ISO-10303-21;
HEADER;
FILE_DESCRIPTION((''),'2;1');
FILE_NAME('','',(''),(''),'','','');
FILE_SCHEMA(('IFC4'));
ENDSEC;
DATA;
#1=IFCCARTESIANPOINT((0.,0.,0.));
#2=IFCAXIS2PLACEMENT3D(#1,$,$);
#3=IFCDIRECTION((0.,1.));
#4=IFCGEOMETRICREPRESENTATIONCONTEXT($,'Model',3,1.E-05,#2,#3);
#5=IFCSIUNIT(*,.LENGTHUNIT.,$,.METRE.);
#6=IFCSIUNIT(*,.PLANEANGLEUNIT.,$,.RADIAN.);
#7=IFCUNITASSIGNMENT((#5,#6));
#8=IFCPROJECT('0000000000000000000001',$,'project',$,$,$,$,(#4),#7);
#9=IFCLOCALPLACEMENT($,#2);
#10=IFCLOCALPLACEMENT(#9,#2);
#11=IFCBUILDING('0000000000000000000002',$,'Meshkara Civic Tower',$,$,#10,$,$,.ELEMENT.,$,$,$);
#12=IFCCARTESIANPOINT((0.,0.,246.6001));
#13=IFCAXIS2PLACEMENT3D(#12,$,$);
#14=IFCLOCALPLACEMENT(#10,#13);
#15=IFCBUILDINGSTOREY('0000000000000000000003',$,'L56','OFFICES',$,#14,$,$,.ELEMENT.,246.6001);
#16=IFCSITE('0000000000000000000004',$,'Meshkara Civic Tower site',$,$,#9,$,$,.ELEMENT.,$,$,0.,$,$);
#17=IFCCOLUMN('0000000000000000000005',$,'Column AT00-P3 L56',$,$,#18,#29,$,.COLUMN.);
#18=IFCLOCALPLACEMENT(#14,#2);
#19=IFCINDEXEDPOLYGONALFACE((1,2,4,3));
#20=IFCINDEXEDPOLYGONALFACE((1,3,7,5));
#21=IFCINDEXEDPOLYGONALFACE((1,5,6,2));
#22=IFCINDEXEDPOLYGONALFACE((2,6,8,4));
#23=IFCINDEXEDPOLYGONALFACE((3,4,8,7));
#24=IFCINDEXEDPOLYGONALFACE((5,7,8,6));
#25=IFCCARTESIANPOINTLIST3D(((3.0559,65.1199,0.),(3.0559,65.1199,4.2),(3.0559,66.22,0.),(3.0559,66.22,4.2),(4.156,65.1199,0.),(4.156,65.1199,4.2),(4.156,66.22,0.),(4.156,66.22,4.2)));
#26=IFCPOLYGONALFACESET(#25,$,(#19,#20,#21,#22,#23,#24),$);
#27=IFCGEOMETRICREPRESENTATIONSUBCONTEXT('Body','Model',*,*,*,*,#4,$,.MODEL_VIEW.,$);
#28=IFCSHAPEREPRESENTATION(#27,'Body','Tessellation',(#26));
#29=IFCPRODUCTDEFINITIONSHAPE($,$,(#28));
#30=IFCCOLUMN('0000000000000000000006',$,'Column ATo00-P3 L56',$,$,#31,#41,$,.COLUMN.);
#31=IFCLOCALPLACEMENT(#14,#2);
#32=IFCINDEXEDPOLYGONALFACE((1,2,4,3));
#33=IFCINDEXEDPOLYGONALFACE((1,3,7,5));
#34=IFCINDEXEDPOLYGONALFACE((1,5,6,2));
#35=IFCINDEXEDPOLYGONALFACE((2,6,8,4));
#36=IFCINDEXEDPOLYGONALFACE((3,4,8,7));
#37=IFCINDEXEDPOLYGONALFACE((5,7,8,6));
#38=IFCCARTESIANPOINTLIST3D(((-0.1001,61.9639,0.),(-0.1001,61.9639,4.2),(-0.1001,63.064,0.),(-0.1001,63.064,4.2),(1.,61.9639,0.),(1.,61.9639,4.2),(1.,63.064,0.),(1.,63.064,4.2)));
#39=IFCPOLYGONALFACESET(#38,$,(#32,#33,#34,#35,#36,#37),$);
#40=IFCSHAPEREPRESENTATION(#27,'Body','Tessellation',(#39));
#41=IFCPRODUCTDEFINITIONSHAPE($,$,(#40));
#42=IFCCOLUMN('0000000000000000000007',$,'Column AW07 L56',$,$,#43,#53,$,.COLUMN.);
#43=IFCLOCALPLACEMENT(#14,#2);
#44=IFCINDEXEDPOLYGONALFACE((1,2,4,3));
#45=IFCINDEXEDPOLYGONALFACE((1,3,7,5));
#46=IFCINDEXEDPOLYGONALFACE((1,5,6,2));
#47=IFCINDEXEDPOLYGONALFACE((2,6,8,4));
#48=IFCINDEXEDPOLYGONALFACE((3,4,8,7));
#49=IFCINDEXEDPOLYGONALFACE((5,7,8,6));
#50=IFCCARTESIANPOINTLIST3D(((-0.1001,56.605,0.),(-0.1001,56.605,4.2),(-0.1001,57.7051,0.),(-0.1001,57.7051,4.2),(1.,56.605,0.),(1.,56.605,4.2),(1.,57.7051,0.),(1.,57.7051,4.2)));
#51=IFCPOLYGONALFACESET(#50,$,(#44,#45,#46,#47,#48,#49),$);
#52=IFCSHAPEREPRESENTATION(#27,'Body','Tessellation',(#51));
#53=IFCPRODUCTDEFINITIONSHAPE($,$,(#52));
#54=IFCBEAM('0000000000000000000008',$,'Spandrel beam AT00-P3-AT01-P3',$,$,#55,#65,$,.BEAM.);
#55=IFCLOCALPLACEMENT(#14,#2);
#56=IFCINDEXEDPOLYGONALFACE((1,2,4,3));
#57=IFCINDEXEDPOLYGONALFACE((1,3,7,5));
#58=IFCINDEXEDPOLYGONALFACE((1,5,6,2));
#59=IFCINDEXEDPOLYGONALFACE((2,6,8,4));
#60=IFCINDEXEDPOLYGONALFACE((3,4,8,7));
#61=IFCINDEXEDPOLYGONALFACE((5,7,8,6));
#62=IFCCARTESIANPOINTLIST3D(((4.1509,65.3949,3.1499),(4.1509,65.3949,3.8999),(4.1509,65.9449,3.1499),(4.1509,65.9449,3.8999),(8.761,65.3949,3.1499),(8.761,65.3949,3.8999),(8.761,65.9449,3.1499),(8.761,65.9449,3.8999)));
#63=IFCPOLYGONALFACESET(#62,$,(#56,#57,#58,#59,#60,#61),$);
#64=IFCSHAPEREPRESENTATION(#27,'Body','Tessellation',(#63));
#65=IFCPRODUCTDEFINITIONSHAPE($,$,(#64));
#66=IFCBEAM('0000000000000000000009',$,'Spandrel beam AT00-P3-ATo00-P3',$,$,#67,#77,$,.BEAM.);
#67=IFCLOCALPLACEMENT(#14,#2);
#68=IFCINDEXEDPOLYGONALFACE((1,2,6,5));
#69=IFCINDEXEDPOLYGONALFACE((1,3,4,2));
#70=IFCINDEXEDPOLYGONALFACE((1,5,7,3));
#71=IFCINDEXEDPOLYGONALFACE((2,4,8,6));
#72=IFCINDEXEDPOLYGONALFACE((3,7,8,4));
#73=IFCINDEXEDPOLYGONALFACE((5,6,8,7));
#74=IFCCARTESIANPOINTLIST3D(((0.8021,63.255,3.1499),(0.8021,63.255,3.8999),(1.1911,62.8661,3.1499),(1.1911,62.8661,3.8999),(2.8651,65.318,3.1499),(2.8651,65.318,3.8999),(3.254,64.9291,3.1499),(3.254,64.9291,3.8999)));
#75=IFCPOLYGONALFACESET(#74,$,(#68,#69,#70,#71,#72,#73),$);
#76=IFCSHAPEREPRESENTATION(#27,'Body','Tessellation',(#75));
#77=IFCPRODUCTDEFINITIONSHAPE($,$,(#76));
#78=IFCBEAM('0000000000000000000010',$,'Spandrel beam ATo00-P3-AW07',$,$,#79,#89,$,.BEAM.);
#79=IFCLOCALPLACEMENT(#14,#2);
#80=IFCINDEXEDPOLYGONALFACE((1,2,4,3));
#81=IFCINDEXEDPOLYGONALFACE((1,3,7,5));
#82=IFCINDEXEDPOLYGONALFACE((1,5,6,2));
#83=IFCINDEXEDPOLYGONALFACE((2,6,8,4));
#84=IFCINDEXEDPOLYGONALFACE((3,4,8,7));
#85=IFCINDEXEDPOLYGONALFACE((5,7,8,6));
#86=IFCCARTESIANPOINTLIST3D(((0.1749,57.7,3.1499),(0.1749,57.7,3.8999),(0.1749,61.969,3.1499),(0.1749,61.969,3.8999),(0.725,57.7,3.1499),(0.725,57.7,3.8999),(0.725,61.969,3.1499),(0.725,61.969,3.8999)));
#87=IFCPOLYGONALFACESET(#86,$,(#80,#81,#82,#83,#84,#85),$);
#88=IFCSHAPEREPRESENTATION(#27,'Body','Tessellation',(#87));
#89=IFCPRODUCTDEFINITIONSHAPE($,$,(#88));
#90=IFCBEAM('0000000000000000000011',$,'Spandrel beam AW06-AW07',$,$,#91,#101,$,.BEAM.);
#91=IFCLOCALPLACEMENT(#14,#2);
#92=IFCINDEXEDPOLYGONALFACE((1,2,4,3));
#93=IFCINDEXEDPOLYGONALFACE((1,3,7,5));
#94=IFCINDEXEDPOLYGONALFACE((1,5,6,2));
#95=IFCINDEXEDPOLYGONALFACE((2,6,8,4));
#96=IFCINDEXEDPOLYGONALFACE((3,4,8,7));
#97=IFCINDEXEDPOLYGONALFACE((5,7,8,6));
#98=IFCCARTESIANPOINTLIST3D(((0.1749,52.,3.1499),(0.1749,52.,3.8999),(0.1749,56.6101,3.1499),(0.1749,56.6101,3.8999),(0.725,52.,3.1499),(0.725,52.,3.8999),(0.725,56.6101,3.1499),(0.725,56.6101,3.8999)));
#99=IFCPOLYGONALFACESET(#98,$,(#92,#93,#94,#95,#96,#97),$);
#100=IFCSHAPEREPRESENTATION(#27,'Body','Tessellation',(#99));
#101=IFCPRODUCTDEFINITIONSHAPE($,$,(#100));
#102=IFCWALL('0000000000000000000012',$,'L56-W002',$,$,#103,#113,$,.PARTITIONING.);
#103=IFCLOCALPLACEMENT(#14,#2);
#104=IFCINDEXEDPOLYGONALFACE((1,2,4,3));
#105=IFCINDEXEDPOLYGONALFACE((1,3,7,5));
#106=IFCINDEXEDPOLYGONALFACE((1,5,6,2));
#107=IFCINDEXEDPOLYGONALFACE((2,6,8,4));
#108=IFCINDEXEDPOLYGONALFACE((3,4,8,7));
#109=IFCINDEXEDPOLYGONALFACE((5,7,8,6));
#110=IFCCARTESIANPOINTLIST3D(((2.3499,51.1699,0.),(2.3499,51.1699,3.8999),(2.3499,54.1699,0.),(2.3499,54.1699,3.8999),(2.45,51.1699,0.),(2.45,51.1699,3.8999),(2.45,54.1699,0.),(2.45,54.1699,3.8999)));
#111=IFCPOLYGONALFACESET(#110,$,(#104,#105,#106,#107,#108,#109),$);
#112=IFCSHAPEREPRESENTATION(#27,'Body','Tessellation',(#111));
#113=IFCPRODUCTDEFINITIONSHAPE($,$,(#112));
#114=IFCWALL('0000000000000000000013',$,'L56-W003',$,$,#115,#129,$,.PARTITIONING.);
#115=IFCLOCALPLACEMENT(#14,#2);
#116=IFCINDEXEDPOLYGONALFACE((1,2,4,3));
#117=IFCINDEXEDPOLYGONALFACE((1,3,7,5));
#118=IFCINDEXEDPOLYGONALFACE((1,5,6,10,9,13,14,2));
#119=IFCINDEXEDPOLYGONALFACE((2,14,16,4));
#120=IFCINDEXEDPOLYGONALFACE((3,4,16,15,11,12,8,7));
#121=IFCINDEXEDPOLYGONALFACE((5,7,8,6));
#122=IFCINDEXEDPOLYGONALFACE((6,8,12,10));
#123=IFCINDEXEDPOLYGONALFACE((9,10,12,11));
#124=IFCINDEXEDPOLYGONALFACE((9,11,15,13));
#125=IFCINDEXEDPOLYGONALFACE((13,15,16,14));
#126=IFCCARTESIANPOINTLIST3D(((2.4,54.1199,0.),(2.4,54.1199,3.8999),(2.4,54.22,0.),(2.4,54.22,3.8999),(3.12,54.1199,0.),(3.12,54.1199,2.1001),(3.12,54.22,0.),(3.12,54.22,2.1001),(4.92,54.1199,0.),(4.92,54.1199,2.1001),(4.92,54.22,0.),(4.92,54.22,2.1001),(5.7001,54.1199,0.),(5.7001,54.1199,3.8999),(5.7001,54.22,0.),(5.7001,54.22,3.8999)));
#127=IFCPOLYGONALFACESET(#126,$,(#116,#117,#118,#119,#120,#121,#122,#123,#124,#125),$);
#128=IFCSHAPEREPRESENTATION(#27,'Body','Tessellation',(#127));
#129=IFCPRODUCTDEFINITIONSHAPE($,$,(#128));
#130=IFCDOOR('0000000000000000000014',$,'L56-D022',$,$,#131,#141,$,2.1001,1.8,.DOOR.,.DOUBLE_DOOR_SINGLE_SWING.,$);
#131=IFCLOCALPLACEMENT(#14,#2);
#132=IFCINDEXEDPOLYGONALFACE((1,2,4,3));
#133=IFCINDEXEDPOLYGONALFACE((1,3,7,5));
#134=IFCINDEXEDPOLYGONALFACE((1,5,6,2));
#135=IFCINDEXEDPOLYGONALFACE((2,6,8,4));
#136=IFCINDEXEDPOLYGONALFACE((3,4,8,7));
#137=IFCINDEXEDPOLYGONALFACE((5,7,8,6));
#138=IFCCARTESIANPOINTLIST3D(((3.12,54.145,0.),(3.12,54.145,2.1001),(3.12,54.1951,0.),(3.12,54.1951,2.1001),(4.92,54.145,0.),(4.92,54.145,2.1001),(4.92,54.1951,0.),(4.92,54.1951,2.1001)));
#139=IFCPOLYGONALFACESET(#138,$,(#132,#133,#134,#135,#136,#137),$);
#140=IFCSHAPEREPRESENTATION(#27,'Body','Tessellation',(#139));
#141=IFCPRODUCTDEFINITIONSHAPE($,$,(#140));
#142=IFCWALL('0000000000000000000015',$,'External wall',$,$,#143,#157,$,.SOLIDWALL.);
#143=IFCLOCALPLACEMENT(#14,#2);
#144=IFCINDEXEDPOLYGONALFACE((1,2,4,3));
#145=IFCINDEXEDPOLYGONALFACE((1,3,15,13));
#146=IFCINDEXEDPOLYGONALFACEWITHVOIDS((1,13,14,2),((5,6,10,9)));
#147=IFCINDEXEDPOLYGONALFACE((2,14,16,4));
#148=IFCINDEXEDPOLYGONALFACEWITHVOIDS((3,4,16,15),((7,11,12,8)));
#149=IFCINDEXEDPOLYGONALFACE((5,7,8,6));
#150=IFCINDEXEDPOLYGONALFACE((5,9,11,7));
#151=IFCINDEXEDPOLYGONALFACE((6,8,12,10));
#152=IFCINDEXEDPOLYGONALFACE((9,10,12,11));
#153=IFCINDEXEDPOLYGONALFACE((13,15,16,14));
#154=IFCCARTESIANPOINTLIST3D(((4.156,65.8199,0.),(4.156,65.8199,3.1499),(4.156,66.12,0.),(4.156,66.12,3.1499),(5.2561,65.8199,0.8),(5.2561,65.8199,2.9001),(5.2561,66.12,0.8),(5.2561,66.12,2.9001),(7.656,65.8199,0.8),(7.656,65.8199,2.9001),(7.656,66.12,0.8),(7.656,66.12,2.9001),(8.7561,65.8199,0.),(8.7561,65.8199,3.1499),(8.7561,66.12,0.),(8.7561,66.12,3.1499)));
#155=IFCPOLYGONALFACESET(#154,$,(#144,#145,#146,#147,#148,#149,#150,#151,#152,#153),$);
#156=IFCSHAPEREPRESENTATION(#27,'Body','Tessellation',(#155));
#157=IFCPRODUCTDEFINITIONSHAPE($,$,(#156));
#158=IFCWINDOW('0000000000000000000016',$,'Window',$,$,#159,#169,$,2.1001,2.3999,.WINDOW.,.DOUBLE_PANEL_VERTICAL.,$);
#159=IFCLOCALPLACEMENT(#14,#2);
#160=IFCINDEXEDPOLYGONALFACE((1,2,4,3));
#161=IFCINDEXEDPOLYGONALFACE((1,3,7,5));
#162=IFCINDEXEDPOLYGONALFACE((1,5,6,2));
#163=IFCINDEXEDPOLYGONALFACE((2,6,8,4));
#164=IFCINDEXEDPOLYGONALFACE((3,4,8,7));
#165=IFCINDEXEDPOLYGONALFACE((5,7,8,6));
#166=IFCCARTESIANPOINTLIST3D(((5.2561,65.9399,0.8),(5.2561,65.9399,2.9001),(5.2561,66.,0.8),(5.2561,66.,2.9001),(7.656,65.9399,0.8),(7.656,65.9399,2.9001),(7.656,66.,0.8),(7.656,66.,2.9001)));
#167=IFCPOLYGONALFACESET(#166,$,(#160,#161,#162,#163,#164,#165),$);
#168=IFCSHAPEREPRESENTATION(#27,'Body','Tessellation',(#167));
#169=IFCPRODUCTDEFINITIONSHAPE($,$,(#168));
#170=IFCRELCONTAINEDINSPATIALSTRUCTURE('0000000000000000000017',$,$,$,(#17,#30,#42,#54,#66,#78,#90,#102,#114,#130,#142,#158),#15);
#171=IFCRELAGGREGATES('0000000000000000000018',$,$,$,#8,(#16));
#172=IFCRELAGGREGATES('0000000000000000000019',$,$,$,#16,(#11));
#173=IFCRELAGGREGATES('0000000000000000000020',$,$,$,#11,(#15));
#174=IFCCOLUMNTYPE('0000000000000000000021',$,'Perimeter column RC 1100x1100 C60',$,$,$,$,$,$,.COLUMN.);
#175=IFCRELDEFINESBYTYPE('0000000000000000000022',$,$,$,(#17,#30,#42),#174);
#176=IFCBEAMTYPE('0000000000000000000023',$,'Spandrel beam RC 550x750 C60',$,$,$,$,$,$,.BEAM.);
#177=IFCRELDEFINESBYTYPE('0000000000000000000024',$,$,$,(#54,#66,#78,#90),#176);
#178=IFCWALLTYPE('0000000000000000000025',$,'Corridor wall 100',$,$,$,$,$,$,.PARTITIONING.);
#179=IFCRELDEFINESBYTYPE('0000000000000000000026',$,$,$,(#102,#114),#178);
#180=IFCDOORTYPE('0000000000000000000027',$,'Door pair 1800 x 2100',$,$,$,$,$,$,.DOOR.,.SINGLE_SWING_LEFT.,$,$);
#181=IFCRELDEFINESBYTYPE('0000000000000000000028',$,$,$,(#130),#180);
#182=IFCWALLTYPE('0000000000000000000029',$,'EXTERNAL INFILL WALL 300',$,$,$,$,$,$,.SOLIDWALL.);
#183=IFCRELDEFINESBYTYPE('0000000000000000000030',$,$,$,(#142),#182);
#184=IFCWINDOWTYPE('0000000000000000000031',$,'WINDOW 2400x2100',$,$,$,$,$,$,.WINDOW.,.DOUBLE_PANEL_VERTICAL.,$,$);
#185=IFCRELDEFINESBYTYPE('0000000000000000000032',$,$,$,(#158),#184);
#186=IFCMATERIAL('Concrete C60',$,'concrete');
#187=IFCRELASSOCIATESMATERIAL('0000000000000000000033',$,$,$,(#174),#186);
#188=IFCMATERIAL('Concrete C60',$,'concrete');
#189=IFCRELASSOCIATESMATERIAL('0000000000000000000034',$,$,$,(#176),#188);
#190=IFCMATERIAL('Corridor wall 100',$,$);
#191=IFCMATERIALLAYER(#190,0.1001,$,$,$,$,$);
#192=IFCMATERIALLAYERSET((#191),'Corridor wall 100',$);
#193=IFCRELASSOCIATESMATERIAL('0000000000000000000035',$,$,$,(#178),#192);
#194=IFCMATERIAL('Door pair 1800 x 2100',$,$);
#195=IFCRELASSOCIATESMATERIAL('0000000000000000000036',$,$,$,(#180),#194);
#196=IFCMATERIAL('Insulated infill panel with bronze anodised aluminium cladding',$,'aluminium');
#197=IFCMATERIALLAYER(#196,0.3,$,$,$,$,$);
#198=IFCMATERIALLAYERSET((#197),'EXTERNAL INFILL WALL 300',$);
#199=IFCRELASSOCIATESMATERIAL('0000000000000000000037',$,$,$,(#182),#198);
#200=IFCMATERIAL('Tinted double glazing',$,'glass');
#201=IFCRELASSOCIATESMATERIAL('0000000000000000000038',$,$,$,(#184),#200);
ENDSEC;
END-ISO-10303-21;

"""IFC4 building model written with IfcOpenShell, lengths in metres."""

from ifc_helpers import new_model, si_unit, direction, frame, frame_2d, origin, origin_2d, place, context, subcontext, project, spatial, rectangle, extrude, material, layer, layer_set, material_profile, profile_set, type_object, element, fill, save


model = new_model("IFC4")

# Units and contexts
model_context = context("Model", 3, precision=1e-05, world=origin(), true_north=direction((0.0, 1.0)))
body_context = subcontext(model_context, "Body", "Model", "MODEL_VIEW")
ifc_project = project(units=[si_unit("LENGTHUNIT", "METRE"), si_unit("PLANEANGLEUNIT", "RADIAN")], contexts=[model_context])

# Site, building, storey
site_placement = place(None, origin())
site = spatial("IfcSite", under=ifc_project, at=site_placement, Name="Meshkara Civic Tower site", CompositionType="ELEMENT", RefElevation=0.0)
building_placement = place(site_placement, origin())
building = spatial("IfcBuilding", under=site, at=building_placement, Name="Meshkara Civic Tower", CompositionType="ELEMENT")
storey_placement = place(building_placement, frame((0.0, 0.0, 246.6001)))
storey = spatial("IfcBuildingStorey", under=building, at=storey_placement, Name="L56", Description="OFFICES", CompositionType="ELEMENT", Elevation=246.6001)

# Columns
ifc_material_1 = material(Name="Concrete C60", Category="concrete")
ifc_material_profile_1 = material_profile(ifc_material_1, rectangle(XDim=1.1001, YDim=1.1001, at=origin_2d()))
ifc_profile_set_1 = profile_set([ifc_material_profile_1], Name="Concrete C60")
column_type = type_object("IfcColumnType", Name="Perimeter column RC 1100x1100 C60", PredefinedType="COLUMN", material=ifc_profile_set_1)
for number, where, z_axis, x_axis, name in (
    (1, (3.606, 65.6699, 0.0), (0.0, 0.0, 1.0), (1.0, 0.0, 0.0), "Column AT00-P3 L56"),
    (2, (0.45, 62.5139, 0.0), (0.0, 0.0, 1.0), (1.0, 0.0, 0.0), "Column ATo00-P3 L56"),
    (3, (0.45, 57.155, 0.0), (0.0, 0.0, 1.0), (1.0, 0.0, 0.0), "Column AW07 L56"),
):
    element("IfcColumn", number, at=place(storey_placement, frame(where, z_axis=z_axis, x_axis=x_axis)), inside=storey, type_object=column_type, Name=name, PredefinedType="COLUMN", context=body_context, shape_type="SweptSolid", body=[
        extrude(rectangle(XDim=1.1001, YDim=1.1001, at=origin_2d()), origin(), (0.0, 0.0, 1.0), 4.2),
    ])

# Beams
ifc_material_2 = material(Name="Concrete C60", Category="concrete")
ifc_material_profile_2 = material_profile(ifc_material_2, rectangle(XDim=0.55, YDim=0.75, at=origin_2d()))
ifc_profile_set_2 = profile_set([ifc_material_profile_2], Name="Concrete C60")
beam_type = type_object("IfcBeamType", Name="Spandrel beam RC 550x750 C60", PredefinedType="BEAM", material=ifc_profile_set_2)
beam_1_placement = place(storey_placement, frame((8.761, 65.6699, 3.5249), z_axis=(-1.0, 0.0, 0.0), x_axis=(0.0, -1.0, 0.0)))
element("IfcBeam", 4, at=beam_1_placement, inside=storey, type_object=beam_type, Name="Spandrel beam AT00-P3-AT01-P3", PredefinedType="BEAM", context=body_context, shape_type="SweptSolid", body=[
    extrude(rectangle(XDim=0.55, YDim=0.75, at=origin_2d()), origin(), (0.0, 0.0, 1.0), 4.6101),
])
beam_2_placement = place(storey_placement, frame((3.0596, 65.1235, 3.5249), z_axis=(-0.707107, -0.707107, 0.0), x_axis=(0.707107, -0.707107, 0.0)))
element("IfcBeam", 5, at=beam_2_placement, inside=storey, type_object=beam_type, Name="Spandrel beam AT00-P3-ATo00-P3", PredefinedType="BEAM", context=body_context, shape_type="SweptSolid", body=[
    extrude(rectangle(XDim=0.55, YDim=0.75, at=origin_2d()), origin(), (0.0, 0.0, 1.0), 2.9175),
])
beam_3_placement = place(storey_placement, frame((0.45, 61.969, 3.5249), z_axis=(0.0, -1.0, 0.0), x_axis=(1.0, 0.0, 0.0)))
element("IfcBeam", 6, at=beam_3_placement, inside=storey, type_object=beam_type, Name="Spandrel beam ATo00-P3-AW07", PredefinedType="BEAM", context=body_context, shape_type="SweptSolid", body=[
    extrude(rectangle(XDim=0.55, YDim=0.75, at=origin_2d()), origin(), (0.0, 0.0, 1.0), 4.269),
])
beam_4_placement = place(storey_placement, frame((0.45, 56.6101, 3.5249), z_axis=(0.0, -1.0, 0.0), x_axis=(1.0, 0.0, 0.0)))
element("IfcBeam", 7, at=beam_4_placement, inside=storey, type_object=beam_type, Name="Spandrel beam AW06-AW07", PredefinedType="BEAM", context=body_context, shape_type="SweptSolid", body=[
    extrude(rectangle(XDim=0.55, YDim=0.75, at=origin_2d()), origin(), (0.0, 0.0, 1.0), 4.6101),
])

# Wall
ifc_material_3 = material(Name="Corridor wall 100")
ifc_layer_1 = layer(ifc_material_3, 0.1001)
ifc_layer_set_1 = layer_set([ifc_layer_1], Name="Corridor wall 100")
wall_type_1 = type_object("IfcWallType", Name="Corridor wall 100", PredefinedType="PARTITIONING", material=ifc_layer_set_1)
wall_1_placement = place(storey_placement, frame((2.3999, 54.1699, 0.0), z_axis=(0.0, 0.0, 1.0), x_axis=(0.0, -1.0, 0.0)))
element("IfcWall", 8, at=wall_1_placement, inside=storey, type_object=wall_type_1, Name="L56-W002", PredefinedType="PARTITIONING", context=body_context, shape_type="SweptSolid", body=[
    extrude(rectangle(XDim=3.0, YDim=0.1001, at=frame_2d((1.5, 0.0))), origin(), (0.0, 0.0, 1.0), 3.8999),
])

# Wall, opening, door
wall_2_placement = place(storey_placement, frame((5.7, 54.1699, 0.0), z_axis=(0.0, 0.0, 1.0), x_axis=(-1.0, 0.0, 0.0)))
wall_2 = element("IfcWall", 9, at=wall_2_placement, inside=storey, type_object=wall_type_1, Name="L56-W003", PredefinedType="PARTITIONING", context=body_context, shape_type="SweptSolid", body=[
    extrude(rectangle(XDim=3.3, YDim=0.1001, at=frame_2d((1.6499, 0.0))), origin(), (0.0, 0.0, 1.0), 3.8999),
])
opening_1_placement = place(wall_2_placement, frame((0.78, 0.0, 0.0)))
opening_1 = element("IfcOpeningElement", 10, at=opening_1_placement, cuts=wall_2, PredefinedType="OPENING", context=body_context, shape_type="SweptSolid", body=[
    extrude(rectangle(XDim=1.8, YDim=2.1001, at=frame_2d((0.8999, 1.05))), frame((0.0, 0.0601, 0.0), z_axis=(0.0, -1.0, 0.0), x_axis=(1.0, 0.0, 0.0)), (0.0, 0.0, 1.0), 0.1201),
])
ifc_material_4 = material(Name="Door pair 1800 x 2100")
door_type_1 = type_object("IfcDoorType", Name="Door pair 1800 x 2100", OperationType="SINGLE_SWING_LEFT", PredefinedType="DOOR", material=ifc_material_4)
door_1_placement = place(opening_1_placement, origin())
door_1 = element("IfcDoor", 11, at=door_1_placement, inside=storey, type_object=door_type_1, Name="L56-D022", OperationType="DOUBLE_DOOR_SINGLE_SWING", OverallHeight=2.1001, OverallWidth=1.8, PredefinedType="DOOR", context=body_context, shape_type="SweptSolid", body=[
    extrude(rectangle(XDim=1.8, YDim=2.1001, at=frame_2d((0.8999, 1.05))), frame((0.0, 0.0249, 0.0), z_axis=(0.0, -1.0, 0.0), x_axis=(1.0, 0.0, 0.0)), (0.0, 0.0, 1.0), 0.05),
])
fill(opening_1, door_1)

# Wall, opening, window
ifc_material_5 = material(Name="Insulated infill panel with bronze anodised aluminium cladding", Category="aluminium")
ifc_layer_2 = layer(ifc_material_5, 0.3)
ifc_layer_set_2 = layer_set([ifc_layer_2], Name="EXTERNAL INFILL WALL 300")
wall_type_2 = type_object("IfcWallType", Name="EXTERNAL INFILL WALL 300", PredefinedType="SOLIDWALL", material=ifc_layer_set_2)
wall_3_placement = place(storey_placement, frame((8.7561, 65.97, 0.0), z_axis=(0.0, 0.0, 1.0), x_axis=(-1.0, 0.0, 0.0)))
wall_3 = element("IfcWall", 12, at=wall_3_placement, inside=storey, type_object=wall_type_2, Name="External wall", PredefinedType="SOLIDWALL", context=body_context, shape_type="SweptSolid", body=[
    extrude(rectangle(XDim=4.6001, YDim=0.3, at=frame_2d((2.3, 0.0))), origin(), (0.0, 0.0, 1.0), 3.1499),
])
opening_2_placement = place(wall_3_placement, frame((1.1001, 0.0, 0.8)))
opening_2 = element("IfcOpeningElement", 13, at=opening_2_placement, cuts=wall_3, PredefinedType="OPENING", context=body_context, shape_type="SweptSolid", body=[
    extrude(rectangle(XDim=2.3999, YDim=2.1001, at=frame_2d((1.2, 1.05))), frame((0.0, 0.1599, 0.0), z_axis=(0.0, -1.0, 0.0), x_axis=(1.0, 0.0, 0.0)), (0.0, 0.0, 1.0), 0.3201),
])
ifc_material_6 = material(Name="Tinted double glazing", Category="glass")
window_type_1 = type_object("IfcWindowType", Name="WINDOW 2400x2100", PartitioningType="DOUBLE_PANEL_VERTICAL", PredefinedType="WINDOW", material=ifc_material_6)
window_1_placement = place(opening_2_placement, origin())
window_1 = element("IfcWindow", 14, at=window_1_placement, inside=storey, type_object=window_type_1, Name="Window", OverallHeight=2.1001, OverallWidth=2.3999, PartitioningType="DOUBLE_PANEL_VERTICAL", PredefinedType="WINDOW", context=body_context, shape_type="SweptSolid", body=[
    extrude(rectangle(XDim=2.3999, YDim=2.1001, at=frame_2d((1.2, 1.05))), frame((0.0, 0.03, 0.0), z_axis=(0.0, -1.0, 0.0), x_axis=(1.0, 0.0, 0.0)), (0.0, 0.0, 1.0), 0.0601),
])
fill(opening_2, window_1)

save(model, "model.ifc")
